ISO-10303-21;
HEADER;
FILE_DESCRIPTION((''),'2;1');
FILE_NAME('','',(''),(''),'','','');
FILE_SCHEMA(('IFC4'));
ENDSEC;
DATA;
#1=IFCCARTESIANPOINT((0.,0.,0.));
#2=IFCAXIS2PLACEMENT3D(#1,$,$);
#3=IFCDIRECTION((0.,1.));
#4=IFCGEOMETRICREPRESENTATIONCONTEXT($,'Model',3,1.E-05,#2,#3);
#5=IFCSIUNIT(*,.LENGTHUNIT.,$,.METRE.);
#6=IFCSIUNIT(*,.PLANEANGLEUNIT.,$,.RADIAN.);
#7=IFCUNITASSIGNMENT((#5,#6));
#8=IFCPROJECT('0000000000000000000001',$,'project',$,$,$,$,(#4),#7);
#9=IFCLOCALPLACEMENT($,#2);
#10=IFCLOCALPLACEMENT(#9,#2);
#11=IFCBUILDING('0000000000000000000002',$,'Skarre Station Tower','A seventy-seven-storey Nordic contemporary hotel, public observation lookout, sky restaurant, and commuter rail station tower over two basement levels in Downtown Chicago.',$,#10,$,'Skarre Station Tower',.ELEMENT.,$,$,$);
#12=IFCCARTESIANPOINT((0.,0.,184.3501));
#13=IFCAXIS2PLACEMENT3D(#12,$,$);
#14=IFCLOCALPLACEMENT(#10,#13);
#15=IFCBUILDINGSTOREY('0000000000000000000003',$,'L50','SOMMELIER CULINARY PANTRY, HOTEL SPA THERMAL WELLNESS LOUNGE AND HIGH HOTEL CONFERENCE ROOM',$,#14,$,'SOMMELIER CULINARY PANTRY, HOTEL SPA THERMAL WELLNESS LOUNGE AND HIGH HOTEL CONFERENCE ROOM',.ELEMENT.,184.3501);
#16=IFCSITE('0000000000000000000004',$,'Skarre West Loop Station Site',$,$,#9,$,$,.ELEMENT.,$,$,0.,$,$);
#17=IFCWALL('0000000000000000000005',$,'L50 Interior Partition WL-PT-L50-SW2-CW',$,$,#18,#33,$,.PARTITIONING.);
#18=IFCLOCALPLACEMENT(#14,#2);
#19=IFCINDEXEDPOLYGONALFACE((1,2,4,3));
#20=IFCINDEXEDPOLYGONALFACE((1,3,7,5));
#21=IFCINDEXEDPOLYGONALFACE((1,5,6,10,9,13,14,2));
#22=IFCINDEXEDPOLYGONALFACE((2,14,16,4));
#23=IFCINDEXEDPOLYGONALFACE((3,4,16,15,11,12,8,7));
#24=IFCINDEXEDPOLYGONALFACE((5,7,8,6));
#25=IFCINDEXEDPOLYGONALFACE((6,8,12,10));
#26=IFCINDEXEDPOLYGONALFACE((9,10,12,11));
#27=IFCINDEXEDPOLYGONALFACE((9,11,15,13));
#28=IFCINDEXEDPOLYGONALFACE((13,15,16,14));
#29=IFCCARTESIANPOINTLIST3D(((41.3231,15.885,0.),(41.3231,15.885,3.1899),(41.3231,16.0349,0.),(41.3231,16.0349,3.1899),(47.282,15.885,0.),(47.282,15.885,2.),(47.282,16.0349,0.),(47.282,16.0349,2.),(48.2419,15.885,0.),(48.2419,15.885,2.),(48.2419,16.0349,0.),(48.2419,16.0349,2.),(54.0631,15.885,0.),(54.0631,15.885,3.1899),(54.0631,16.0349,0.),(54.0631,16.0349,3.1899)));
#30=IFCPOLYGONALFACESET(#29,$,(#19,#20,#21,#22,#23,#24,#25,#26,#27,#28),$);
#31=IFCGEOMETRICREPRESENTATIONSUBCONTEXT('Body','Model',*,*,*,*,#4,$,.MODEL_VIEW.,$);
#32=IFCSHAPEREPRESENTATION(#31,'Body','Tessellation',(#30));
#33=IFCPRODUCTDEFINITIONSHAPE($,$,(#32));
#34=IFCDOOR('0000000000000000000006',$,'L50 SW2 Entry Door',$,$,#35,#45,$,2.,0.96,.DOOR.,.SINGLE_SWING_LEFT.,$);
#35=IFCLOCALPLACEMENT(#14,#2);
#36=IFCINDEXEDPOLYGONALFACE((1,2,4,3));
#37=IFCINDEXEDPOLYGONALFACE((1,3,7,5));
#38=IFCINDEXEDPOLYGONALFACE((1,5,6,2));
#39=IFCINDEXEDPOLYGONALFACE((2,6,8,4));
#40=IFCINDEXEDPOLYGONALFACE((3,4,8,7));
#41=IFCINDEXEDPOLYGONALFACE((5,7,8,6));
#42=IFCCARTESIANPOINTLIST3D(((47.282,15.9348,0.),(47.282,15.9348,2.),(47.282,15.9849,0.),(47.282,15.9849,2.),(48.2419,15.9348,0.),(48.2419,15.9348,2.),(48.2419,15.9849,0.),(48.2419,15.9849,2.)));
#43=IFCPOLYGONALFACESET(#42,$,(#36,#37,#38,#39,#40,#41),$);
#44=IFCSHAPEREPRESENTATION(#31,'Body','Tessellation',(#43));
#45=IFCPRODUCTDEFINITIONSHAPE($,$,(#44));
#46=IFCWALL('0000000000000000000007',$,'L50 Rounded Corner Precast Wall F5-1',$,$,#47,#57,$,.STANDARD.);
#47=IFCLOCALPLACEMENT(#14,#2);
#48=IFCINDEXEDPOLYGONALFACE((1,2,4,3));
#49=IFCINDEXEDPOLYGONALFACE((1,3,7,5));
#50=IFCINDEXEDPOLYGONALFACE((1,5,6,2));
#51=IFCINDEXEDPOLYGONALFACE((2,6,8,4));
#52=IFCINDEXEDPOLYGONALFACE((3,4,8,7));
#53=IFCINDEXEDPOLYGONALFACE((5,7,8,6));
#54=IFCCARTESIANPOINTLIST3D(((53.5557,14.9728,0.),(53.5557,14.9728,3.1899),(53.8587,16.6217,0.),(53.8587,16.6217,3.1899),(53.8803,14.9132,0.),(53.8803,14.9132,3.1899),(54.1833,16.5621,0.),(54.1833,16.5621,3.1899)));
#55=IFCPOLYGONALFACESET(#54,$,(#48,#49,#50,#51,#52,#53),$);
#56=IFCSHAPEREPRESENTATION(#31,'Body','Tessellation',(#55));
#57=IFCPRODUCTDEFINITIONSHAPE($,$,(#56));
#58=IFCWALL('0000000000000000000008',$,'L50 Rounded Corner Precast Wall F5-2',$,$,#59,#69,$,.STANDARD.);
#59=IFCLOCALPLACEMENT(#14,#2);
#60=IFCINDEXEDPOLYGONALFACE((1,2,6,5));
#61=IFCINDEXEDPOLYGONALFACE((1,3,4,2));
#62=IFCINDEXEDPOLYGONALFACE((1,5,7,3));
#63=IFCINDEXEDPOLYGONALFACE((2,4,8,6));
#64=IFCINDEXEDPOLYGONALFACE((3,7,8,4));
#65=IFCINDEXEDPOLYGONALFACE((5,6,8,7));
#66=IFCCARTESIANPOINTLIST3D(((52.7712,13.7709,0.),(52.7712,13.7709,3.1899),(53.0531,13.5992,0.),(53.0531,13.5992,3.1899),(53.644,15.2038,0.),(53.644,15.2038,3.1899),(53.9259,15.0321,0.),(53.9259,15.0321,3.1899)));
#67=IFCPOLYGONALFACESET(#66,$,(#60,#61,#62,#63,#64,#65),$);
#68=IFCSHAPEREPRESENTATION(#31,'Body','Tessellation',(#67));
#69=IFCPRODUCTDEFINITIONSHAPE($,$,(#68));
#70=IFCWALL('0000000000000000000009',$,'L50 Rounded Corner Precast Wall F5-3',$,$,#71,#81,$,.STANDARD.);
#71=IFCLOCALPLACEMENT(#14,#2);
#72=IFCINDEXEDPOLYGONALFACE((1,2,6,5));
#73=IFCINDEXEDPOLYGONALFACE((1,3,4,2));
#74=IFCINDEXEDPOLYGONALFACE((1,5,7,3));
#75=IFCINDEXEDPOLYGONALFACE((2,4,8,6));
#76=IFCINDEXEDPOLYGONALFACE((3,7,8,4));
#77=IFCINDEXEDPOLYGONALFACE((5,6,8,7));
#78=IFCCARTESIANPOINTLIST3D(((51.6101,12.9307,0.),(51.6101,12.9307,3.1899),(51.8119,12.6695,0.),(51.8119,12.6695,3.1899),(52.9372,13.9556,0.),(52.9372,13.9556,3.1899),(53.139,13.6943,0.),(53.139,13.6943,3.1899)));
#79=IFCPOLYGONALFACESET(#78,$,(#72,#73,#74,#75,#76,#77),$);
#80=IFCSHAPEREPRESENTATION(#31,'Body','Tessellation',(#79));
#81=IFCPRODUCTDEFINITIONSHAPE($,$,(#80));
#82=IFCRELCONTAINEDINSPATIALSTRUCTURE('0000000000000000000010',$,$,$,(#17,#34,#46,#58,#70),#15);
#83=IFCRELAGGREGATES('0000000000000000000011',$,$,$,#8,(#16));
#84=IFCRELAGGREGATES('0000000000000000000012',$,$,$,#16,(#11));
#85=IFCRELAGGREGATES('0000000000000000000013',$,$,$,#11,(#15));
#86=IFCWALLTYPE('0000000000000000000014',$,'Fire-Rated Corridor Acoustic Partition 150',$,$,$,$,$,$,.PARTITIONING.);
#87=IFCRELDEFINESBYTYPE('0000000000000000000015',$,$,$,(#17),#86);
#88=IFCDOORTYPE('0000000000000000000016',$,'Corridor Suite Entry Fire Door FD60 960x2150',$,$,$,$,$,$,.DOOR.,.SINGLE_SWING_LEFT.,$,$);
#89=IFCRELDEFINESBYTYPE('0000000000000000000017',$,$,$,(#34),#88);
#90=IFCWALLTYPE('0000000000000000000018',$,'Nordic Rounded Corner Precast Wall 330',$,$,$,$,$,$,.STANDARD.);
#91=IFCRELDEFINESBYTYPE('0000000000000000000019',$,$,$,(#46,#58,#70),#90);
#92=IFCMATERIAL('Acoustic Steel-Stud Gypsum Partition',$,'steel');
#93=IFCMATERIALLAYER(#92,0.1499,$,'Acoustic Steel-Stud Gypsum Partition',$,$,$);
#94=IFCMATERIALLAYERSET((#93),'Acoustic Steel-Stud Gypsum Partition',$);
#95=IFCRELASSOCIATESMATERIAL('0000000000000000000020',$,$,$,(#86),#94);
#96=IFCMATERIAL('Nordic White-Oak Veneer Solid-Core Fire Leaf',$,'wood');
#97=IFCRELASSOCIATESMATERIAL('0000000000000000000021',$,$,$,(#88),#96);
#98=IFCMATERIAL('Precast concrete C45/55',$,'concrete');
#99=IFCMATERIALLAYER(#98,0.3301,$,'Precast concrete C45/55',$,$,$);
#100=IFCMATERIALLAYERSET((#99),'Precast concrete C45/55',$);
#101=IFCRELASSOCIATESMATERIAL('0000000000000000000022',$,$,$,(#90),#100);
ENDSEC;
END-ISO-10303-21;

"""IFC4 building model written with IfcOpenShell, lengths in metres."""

from ifc_helpers import new_model, si_unit, direction, frame, frame_2d, origin, place, context, subcontext, project, spatial, rectangle, extrude, material, layer, layer_set, type_object, element, fill, save


model = new_model("IFC4")

# Units and contexts
model_context = context("Model", 3, precision=1e-05, world=origin(), true_north=direction((0.0, 1.0)))
body_context = subcontext(model_context, "Body", "Model", "MODEL_VIEW")
ifc_project = project(units=[si_unit("LENGTHUNIT", "METRE"), si_unit("PLANEANGLEUNIT", "RADIAN")], contexts=[model_context])

# Site, building, storey
site_placement = place(None, origin())
site = spatial("IfcSite", under=ifc_project, at=site_placement, Name="Skarre West Loop Station Site", CompositionType="ELEMENT", RefElevation=0.0)
building_placement = place(site_placement, origin())
building = spatial("IfcBuilding", under=site, at=building_placement, Name="Skarre Station Tower", Description="A seventy-seven-storey Nordic contemporary hotel, public observation lookout, sky restaurant, and commuter rail station tower over two basement levels in Downtown Chicago.", LongName="Skarre Station Tower", CompositionType="ELEMENT")
storey_placement = place(building_placement, frame((0.0, 0.0, 184.3501)))
storey = spatial("IfcBuildingStorey", under=building, at=storey_placement, Name="L50", Description="SOMMELIER CULINARY PANTRY, HOTEL SPA THERMAL WELLNESS LOUNGE AND HIGH HOTEL CONFERENCE ROOM", LongName="SOMMELIER CULINARY PANTRY, HOTEL SPA THERMAL WELLNESS LOUNGE AND HIGH HOTEL CONFERENCE ROOM", CompositionType="ELEMENT", Elevation=184.3501)

# Shared definitions
ifc_material_1 = material(Name="Acoustic Steel-Stud Gypsum Partition", Category="steel")
ifc_layer_1 = layer(ifc_material_1, 0.1499, Name="Acoustic Steel-Stud Gypsum Partition")
ifc_layer_set_1 = layer_set([ifc_layer_1], Name="Acoustic Steel-Stud Gypsum Partition")
wall_type_1 = type_object("IfcWallType", Name="Fire-Rated Corridor Acoustic Partition 150", PredefinedType="PARTITIONING", material=ifc_layer_set_1)

# Wall, opening, door
ifc_material_2 = material(Name="Nordic White-Oak Veneer Solid-Core Fire Leaf", Category="wood")
door_type = type_object("IfcDoorType", Name="Corridor Suite Entry Fire Door FD60 960x2150", OperationType="SINGLE_SWING_LEFT", PredefinedType="DOOR", material=ifc_material_2)
wall_1_placement = place(storey_placement, frame((41.323, 15.96, 0.0), z_axis=(0.0, 0.0, 1.0), x_axis=(1.0, 0.0, 0.0)))
wall_1 = element("IfcWall", 1, at=wall_1_placement, inside=storey, type_object=wall_type_1, Name="L50 Interior Partition WL-PT-L50-SW2-CW", PredefinedType="PARTITIONING", context=body_context, shape_type="SweptSolid", body=[
    extrude(rectangle(XDim=12.74, YDim=0.1499, at=frame_2d((6.3701, 0.0))), origin(), (0.0, 0.0, 1.0), 3.1899),
])
opening_1_placement = place(wall_1_placement, frame((5.959, 0.0, 0.0)))
opening_1 = element("IfcOpeningElement", 2, at=opening_1_placement, cuts=wall_1, PredefinedType="OPENING", context=body_context, shape_type="SweptSolid", body=[
    extrude(rectangle(XDim=0.96, YDim=2.0, at=frame_2d((0.48, 1.0))), frame((0.0, 0.085, 0.0), z_axis=(0.0, -1.0, 0.0), x_axis=(1.0, 0.0, 0.0)), (0.0, 0.0, 1.0), 0.1699),
])
door_1_placement = place(opening_1_placement, origin())
door_1 = element("IfcDoor", 3, at=door_1_placement, inside=storey, type_object=door_type, Name="L50 SW2 Entry Door", OperationType="SINGLE_SWING_LEFT", OverallHeight=2.0, OverallWidth=0.96, PredefinedType="DOOR", context=body_context, shape_type="SweptSolid", body=[
    extrude(rectangle(XDim=0.96, YDim=2.0, at=frame_2d((0.48, 1.0))), frame((0.0, 0.0249, 0.0), z_axis=(0.0, -1.0, 0.0), x_axis=(1.0, 0.0, 0.0)), (0.0, 0.0, 1.0), 0.05),
])
fill(opening_1, door_1)

# Walls
ifc_material_3 = material(Name="Precast concrete C45/55", Category="concrete")
ifc_layer_2 = layer(ifc_material_3, 0.3301, Name="Precast concrete C45/55")
ifc_layer_set_2 = layer_set([ifc_layer_2], Name="Precast concrete C45/55")
wall_type_2 = type_object("IfcWallType", Name="Nordic Rounded Corner Precast Wall 330", PredefinedType="STANDARD", material=ifc_layer_set_2)
wall_2_placement = place(storey_placement, frame((54.021, 16.592, 0.0), z_axis=(0.0, 0.0, 1.0), x_axis=(-0.180718, -0.983535, 0.0)))
element("IfcWall", 4, at=wall_2_placement, inside=storey, type_object=wall_type_2, Name="L50 Rounded Corner Precast Wall F5-1", PredefinedType="STANDARD", context=body_context, shape_type="SweptSolid", body=[
    extrude(rectangle(XDim=1.6765, YDim=0.3301, at=frame_2d((0.8384, 0.0))), origin(), (0.0, 0.0, 1.0), 3.1899),
])
wall_3_placement = place(storey_placement, frame((53.7849, 15.1179, 0.0), z_axis=(0.0, 0.0, 1.0), x_axis=(-0.520219, -0.854033, 0.0)))
element("IfcWall", 5, at=wall_3_placement, inside=storey, type_object=wall_type_2, Name="L50 Rounded Corner Precast Wall F5-2", PredefinedType="STANDARD", context=body_context, shape_type="SweptSolid", body=[
    extrude(rectangle(XDim=1.6777, YDim=0.3301, at=frame_2d((0.8389, 0.0))), origin(), (0.0, 0.0, 1.0), 3.1899),
])
wall_4_placement = place(storey_placement, frame((53.0381, 13.825, 0.0), z_axis=(0.0, 0.0, 1.0), x_axis=(-0.791464, -0.611215, 0.0)))
element("IfcWall", 6, at=wall_4_placement, inside=storey, type_object=wall_type_2, Name="L50 Rounded Corner Precast Wall F5-3", PredefinedType="STANDARD", context=body_context, shape_type="SweptSolid", body=[
    extrude(rectangle(XDim=1.6768, YDim=0.3301, at=frame_2d((0.8384, 0.0))), origin(), (0.0, 0.0, 1.0), 3.1899),
])

save(model, "model.ifc")
